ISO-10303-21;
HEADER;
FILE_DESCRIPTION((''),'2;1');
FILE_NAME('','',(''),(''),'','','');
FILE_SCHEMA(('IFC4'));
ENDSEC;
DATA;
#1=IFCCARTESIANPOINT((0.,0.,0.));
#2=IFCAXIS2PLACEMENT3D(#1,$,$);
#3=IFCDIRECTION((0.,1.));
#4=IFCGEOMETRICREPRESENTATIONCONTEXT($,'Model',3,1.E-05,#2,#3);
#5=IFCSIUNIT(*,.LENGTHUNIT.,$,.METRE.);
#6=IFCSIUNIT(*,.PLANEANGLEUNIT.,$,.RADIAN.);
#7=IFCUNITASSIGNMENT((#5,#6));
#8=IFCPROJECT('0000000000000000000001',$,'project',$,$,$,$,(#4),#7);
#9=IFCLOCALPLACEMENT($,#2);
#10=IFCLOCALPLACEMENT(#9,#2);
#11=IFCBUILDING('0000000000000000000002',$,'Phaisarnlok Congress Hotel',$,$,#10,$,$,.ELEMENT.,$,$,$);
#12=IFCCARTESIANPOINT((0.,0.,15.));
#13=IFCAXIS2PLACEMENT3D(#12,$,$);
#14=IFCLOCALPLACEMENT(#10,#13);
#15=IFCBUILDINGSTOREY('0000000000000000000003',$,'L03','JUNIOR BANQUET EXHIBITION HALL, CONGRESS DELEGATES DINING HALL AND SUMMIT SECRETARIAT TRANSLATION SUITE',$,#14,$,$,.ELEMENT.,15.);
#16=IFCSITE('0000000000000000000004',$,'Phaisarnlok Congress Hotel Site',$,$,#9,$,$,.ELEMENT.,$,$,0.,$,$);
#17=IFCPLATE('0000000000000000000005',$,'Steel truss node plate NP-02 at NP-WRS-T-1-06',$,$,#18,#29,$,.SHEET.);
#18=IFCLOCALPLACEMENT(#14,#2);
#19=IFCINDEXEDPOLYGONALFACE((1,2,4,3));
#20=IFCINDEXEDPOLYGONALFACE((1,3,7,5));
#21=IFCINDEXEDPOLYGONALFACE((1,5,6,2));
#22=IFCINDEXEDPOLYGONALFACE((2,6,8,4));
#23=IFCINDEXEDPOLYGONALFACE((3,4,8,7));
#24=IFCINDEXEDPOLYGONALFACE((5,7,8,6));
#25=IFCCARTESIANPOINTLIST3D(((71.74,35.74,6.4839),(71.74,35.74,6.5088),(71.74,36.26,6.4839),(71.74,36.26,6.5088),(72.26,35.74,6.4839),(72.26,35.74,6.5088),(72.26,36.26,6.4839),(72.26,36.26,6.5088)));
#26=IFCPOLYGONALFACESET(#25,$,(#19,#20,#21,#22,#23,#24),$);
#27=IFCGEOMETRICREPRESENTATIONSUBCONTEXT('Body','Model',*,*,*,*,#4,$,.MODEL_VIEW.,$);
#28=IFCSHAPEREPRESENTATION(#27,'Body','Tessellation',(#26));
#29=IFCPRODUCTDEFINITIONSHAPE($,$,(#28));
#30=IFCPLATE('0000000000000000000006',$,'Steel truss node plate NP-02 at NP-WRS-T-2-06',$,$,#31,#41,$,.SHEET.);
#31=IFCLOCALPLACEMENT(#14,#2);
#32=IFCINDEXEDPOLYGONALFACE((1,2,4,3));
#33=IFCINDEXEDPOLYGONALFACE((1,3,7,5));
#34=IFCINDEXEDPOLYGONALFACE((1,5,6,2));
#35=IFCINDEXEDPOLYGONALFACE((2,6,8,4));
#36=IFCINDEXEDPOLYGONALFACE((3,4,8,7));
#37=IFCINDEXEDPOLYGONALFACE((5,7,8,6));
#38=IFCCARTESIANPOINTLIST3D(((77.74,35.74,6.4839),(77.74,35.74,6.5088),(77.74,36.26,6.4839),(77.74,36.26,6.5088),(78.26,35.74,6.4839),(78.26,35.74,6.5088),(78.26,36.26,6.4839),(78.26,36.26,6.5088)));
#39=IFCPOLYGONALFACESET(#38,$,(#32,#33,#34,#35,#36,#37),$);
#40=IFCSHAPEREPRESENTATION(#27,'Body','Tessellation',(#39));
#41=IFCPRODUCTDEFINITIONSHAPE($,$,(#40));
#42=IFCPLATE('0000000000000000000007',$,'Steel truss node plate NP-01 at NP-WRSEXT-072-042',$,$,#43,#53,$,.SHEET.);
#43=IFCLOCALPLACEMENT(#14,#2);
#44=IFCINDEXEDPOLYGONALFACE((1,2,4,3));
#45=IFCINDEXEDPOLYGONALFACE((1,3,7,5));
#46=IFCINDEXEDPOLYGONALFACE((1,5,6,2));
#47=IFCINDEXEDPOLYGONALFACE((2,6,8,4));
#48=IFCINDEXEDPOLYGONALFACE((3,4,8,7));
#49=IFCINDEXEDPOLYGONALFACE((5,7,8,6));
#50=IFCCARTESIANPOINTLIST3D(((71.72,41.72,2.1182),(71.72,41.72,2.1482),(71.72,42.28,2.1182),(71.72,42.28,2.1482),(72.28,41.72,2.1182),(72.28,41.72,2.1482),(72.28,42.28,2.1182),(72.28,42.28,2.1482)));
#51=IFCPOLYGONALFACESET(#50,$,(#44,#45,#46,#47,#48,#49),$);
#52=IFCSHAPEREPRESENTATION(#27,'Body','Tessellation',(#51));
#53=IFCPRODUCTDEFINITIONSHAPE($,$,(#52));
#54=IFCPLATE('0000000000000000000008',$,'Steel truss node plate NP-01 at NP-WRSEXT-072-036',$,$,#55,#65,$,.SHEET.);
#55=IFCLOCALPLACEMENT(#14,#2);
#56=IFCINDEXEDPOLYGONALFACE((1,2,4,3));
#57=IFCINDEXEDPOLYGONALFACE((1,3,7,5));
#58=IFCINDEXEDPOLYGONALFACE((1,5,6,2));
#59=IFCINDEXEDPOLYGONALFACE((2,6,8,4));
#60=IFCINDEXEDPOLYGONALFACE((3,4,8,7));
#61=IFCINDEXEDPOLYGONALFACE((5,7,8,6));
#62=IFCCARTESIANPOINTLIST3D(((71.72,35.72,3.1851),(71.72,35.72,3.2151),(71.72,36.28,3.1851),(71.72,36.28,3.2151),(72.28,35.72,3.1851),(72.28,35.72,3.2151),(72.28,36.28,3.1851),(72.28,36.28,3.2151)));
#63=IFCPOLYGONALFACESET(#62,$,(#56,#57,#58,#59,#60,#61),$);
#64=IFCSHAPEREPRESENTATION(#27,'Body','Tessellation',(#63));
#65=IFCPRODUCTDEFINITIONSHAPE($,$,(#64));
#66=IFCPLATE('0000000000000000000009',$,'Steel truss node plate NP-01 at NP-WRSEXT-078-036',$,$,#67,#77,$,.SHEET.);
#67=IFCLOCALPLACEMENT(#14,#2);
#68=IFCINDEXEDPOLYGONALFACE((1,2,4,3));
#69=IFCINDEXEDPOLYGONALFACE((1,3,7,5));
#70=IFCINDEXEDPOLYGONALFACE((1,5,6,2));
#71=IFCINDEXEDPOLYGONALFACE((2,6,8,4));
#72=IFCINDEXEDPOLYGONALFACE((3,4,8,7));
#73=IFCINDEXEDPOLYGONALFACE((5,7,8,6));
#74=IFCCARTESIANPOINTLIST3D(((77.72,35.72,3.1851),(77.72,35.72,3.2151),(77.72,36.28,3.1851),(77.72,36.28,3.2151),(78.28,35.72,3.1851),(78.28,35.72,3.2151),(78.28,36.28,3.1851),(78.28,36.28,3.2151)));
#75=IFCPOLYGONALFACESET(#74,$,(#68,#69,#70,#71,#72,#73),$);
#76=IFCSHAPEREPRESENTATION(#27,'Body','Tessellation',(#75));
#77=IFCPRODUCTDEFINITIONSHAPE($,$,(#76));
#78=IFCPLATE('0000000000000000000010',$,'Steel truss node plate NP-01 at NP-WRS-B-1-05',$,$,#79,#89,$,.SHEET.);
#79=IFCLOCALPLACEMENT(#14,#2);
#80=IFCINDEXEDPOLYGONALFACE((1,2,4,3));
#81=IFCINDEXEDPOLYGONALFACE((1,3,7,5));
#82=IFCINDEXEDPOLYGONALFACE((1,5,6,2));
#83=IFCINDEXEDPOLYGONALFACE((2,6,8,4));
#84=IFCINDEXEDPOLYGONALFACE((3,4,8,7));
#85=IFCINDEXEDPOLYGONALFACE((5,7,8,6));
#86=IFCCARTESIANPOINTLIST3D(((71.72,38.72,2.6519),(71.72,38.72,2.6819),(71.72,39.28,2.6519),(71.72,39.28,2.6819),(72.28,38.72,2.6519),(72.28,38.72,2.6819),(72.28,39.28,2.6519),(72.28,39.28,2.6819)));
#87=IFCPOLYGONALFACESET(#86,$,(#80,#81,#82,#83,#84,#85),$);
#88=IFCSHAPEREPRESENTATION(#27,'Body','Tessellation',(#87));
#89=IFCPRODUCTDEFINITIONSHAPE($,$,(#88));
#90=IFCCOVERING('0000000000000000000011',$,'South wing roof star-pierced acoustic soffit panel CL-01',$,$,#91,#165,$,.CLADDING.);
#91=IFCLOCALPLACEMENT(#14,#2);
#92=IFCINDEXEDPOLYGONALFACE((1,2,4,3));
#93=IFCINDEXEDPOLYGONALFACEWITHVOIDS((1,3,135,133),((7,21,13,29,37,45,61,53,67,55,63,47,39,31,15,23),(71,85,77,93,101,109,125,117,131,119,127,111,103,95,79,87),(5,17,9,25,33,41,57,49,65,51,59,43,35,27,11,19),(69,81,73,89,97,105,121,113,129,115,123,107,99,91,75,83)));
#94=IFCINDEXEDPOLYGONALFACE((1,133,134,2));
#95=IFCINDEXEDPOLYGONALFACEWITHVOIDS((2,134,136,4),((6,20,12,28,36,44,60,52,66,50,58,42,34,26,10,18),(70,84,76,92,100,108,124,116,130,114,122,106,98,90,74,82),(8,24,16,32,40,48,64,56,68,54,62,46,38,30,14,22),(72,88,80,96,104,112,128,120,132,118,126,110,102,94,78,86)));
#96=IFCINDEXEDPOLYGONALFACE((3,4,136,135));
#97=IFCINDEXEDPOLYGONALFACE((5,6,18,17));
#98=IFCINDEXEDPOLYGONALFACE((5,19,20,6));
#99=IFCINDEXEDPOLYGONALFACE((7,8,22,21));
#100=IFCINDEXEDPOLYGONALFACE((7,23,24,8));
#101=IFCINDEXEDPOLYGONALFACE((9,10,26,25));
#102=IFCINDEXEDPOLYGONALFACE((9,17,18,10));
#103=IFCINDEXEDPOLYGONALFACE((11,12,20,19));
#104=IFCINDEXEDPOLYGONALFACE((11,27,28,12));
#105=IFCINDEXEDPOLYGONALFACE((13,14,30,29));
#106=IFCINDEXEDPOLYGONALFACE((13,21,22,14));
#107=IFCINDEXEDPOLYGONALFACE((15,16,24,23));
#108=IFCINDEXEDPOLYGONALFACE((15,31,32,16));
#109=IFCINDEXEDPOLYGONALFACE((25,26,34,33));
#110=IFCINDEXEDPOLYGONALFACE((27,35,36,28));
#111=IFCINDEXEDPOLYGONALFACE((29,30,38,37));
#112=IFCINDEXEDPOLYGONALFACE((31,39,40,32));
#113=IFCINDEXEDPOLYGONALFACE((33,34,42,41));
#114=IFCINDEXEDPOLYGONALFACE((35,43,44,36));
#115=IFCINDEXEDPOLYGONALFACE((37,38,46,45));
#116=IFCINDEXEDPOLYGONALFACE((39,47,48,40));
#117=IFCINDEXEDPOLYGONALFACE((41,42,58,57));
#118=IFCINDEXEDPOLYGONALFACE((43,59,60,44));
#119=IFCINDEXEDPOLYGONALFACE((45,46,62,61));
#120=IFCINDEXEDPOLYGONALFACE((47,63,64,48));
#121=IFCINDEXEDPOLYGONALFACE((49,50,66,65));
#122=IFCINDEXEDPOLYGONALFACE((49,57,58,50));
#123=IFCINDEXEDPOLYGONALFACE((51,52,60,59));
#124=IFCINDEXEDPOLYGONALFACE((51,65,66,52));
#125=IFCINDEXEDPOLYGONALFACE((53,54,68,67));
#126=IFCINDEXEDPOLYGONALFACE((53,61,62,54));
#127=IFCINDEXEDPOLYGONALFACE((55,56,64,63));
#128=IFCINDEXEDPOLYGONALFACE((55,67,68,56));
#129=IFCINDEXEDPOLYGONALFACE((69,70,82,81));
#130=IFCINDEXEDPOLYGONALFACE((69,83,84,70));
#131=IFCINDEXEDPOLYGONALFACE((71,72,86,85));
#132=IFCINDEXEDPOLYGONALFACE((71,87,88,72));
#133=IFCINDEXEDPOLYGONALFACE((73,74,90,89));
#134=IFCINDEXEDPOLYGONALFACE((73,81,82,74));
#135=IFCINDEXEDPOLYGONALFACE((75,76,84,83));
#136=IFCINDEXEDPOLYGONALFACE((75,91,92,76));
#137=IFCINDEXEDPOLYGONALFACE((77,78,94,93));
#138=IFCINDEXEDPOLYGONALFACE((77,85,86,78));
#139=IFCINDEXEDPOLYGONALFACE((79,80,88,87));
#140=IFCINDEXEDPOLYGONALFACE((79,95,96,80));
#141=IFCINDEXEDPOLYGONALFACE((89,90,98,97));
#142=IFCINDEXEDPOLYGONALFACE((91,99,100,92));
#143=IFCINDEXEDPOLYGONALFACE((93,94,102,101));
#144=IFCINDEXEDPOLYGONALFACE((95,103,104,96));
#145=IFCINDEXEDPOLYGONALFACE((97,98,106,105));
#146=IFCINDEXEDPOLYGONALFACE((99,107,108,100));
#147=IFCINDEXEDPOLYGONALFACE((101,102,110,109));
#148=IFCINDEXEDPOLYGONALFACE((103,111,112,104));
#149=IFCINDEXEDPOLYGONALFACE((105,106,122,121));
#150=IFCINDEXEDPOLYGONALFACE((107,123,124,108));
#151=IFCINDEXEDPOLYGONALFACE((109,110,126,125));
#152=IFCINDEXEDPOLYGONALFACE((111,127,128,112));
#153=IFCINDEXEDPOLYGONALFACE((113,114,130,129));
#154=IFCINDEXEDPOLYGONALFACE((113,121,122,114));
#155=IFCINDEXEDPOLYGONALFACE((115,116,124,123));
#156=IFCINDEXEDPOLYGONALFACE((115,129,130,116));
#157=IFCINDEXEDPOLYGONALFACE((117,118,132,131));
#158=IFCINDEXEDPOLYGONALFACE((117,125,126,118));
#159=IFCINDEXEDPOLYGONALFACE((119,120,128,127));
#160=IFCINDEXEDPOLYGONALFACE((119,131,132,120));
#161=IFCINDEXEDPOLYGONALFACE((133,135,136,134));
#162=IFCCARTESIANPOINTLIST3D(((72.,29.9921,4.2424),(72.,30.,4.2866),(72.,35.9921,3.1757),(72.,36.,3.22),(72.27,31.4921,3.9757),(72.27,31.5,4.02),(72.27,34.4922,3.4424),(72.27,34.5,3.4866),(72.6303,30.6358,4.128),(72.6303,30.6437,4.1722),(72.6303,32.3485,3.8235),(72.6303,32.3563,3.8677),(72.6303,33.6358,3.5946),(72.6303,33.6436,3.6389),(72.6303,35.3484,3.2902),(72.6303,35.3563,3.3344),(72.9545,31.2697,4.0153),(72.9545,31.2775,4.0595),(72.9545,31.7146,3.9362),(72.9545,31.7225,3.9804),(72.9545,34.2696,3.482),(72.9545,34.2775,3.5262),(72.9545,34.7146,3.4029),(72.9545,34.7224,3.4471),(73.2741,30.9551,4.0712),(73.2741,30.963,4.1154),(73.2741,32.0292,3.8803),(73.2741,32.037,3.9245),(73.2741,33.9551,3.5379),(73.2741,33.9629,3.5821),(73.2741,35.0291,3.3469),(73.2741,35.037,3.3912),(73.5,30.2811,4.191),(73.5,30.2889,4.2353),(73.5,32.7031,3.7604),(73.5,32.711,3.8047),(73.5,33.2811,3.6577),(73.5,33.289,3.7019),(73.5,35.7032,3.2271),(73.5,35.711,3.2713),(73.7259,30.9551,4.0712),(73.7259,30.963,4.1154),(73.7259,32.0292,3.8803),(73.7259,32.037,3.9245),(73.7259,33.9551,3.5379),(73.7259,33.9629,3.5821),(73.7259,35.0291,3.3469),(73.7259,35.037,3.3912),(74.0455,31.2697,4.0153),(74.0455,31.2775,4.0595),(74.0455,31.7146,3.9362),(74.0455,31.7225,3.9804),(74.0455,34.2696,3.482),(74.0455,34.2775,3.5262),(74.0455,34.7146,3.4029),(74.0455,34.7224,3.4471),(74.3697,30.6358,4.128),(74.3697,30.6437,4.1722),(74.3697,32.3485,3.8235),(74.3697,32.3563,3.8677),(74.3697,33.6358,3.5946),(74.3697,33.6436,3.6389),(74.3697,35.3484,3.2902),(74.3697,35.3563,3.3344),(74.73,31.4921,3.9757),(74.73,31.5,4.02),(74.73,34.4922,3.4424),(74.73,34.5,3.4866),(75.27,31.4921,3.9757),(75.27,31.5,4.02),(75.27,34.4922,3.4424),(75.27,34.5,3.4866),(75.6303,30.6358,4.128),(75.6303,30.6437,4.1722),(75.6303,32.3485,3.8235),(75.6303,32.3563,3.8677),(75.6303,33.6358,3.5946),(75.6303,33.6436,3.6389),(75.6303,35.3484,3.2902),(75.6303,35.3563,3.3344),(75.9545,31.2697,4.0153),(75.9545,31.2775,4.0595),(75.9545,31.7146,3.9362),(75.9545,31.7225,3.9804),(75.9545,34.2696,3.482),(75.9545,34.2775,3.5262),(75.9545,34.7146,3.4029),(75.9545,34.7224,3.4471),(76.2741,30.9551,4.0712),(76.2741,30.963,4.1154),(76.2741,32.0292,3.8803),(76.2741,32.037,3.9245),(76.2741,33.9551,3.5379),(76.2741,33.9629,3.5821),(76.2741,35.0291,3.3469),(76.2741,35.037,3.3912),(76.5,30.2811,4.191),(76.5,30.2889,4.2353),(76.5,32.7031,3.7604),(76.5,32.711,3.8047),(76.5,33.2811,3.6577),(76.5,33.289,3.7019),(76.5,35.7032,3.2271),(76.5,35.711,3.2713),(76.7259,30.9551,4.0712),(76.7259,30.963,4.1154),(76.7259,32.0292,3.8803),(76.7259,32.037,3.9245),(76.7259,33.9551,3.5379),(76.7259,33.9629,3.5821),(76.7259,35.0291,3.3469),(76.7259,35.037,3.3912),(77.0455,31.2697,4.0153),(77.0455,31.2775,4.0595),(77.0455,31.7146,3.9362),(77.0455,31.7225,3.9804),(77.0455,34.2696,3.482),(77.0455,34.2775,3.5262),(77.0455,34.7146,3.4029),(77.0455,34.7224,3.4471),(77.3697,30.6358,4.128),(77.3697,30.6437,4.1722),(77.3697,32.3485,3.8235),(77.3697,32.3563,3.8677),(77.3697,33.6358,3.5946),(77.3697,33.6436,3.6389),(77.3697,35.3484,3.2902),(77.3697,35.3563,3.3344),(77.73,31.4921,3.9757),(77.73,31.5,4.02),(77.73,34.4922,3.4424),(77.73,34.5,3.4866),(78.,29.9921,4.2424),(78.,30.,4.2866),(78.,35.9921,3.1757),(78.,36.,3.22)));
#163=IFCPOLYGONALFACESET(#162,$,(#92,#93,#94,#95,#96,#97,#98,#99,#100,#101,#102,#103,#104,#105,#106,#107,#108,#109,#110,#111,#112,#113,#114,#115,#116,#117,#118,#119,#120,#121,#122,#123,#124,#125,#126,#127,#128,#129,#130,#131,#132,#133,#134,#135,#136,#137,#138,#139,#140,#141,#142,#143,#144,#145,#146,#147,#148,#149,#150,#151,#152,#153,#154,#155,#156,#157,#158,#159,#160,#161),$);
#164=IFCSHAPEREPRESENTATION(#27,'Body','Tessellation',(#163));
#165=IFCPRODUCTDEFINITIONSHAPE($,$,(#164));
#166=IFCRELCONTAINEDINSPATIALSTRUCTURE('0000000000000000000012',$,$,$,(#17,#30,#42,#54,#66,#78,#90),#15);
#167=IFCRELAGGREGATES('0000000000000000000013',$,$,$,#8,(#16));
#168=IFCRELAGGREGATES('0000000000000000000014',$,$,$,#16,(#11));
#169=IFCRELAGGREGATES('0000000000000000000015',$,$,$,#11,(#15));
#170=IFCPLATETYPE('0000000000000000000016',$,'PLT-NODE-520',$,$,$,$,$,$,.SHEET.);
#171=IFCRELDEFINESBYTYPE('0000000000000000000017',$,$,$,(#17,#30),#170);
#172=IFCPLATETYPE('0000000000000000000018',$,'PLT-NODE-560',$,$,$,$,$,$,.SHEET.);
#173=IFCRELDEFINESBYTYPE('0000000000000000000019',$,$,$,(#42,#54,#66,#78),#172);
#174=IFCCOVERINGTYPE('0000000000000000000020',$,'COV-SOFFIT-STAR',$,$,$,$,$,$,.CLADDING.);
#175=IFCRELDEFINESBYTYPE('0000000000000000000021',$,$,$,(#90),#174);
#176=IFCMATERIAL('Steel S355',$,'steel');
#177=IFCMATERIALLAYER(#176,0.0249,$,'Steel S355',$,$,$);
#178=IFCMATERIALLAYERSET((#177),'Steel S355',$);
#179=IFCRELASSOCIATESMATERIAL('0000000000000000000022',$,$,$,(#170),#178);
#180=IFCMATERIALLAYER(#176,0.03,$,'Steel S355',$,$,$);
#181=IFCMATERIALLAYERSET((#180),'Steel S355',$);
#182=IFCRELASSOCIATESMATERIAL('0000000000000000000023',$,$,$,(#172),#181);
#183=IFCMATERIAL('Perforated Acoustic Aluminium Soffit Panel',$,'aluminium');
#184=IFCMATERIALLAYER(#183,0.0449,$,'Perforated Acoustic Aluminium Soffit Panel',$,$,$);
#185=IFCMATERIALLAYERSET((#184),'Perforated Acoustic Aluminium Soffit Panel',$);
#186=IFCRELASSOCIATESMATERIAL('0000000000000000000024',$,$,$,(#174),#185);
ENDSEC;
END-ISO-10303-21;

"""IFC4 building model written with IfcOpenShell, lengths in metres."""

from ifc_helpers import new_model, si_unit, direction, frame, origin, origin_2d, place, context, subcontext, project, spatial, polyline, rectangle, outline, extrude, material, layer, layer_set, type_object, element, save


model = new_model("IFC4")

# Units and contexts
model_context = context("Model", 3, precision=1e-05, world=origin(), true_north=direction((0.0, 1.0)))
body_context = subcontext(model_context, "Body", "Model", "MODEL_VIEW")
ifc_project = project(units=[si_unit("LENGTHUNIT", "METRE"), si_unit("PLANEANGLEUNIT", "RADIAN")], contexts=[model_context])

# Site, building, storey
site_placement = place(None, origin())
site = spatial("IfcSite", under=ifc_project, at=site_placement, Name="Phaisarnlok Congress Hotel Site", CompositionType="ELEMENT", RefElevation=0.0)
building_placement = place(site_placement, origin())
building = spatial("IfcBuilding", under=site, at=building_placement, Name="Phaisarnlok Congress Hotel", CompositionType="ELEMENT")
storey_placement = place(building_placement, frame((0.0, 0.0, 15.0)))
storey = spatial("IfcBuildingStorey", under=building, at=storey_placement, Name="L03", Description="JUNIOR BANQUET EXHIBITION HALL, CONGRESS DELEGATES DINING HALL AND SUMMIT SECRETARIAT TRANSLATION SUITE", CompositionType="ELEMENT", Elevation=15.0)

# Shared definitions
ifc_material_1 = material(Name="Steel S355", Category="steel")

# Plates
ifc_layer_1 = layer(ifc_material_1, 0.0249, Name="Steel S355")
ifc_layer_set_1 = layer_set([ifc_layer_1], Name="Steel S355")
plate_type_1 = type_object("IfcPlateType", Name="PLT-NODE-520", PredefinedType="SHEET", material=ifc_layer_set_1)
for number, where, z_axis, x_axis, name in (
    (1, (72.0, 36.0, 6.4839), (0.0, 0.0, 1.0), (1.0, 0.0, 0.0), "Steel truss node plate NP-02 at NP-WRS-T-1-06"),
    (2, (78.0, 36.0, 6.4839), (0.0, 0.0, 1.0), (1.0, 0.0, 0.0), "Steel truss node plate NP-02 at NP-WRS-T-2-06"),
):
    element("IfcPlate", number, at=place(storey_placement, frame(where, z_axis=z_axis, x_axis=x_axis)), inside=storey, type_object=plate_type_1, Name=name, PredefinedType="SHEET", context=body_context, shape_type="SweptSolid", body=[
        extrude(rectangle(XDim=0.52, YDim=0.52, at=origin_2d()), origin(), (0.0, 0.0, 1.0), 0.0249),
    ])
ifc_layer_2 = layer(ifc_material_1, 0.03, Name="Steel S355")
ifc_layer_set_2 = layer_set([ifc_layer_2], Name="Steel S355")
plate_type_2 = type_object("IfcPlateType", Name="PLT-NODE-560", PredefinedType="SHEET", material=ifc_layer_set_2)
for number, where, z_axis, x_axis, name in (
    (3, (72.0, 42.0, 2.1182), (0.0, 0.0, 1.0), (1.0, 0.0, 0.0), "Steel truss node plate NP-01 at NP-WRSEXT-072-042"),
    (4, (72.0, 36.0, 3.1851), (0.0, 0.0, 1.0), (1.0, 0.0, 0.0), "Steel truss node plate NP-01 at NP-WRSEXT-072-036"),
    (5, (78.0, 36.0, 3.1851), (0.0, 0.0, 1.0), (1.0, 0.0, 0.0), "Steel truss node plate NP-01 at NP-WRSEXT-078-036"),
    (6, (72.0, 39.0, 2.6519), (0.0, 0.0, 1.0), (1.0, 0.0, 0.0), "Steel truss node plate NP-01 at NP-WRS-B-1-05"),
):
    element("IfcPlate", number, at=place(storey_placement, frame(where, z_axis=z_axis, x_axis=x_axis)), inside=storey, type_object=plate_type_2, Name=name, PredefinedType="SHEET", context=body_context, shape_type="SweptSolid", body=[
        extrude(rectangle(XDim=0.5601, YDim=0.5601, at=origin_2d()), origin(), (0.0, 0.0, 1.0), 0.03),
    ])

# Covering
ifc_material_2 = material(Name="Perforated Acoustic Aluminium Soffit Panel", Category="aluminium")
ifc_layer_3 = layer(ifc_material_2, 0.0449, Name="Perforated Acoustic Aluminium Soffit Panel")
ifc_layer_set_3 = layer_set([ifc_layer_3], Name="Perforated Acoustic Aluminium Soffit Panel")
covering_type = type_object("IfcCoveringType", Name="COV-SOFFIT-STAR", PredefinedType="CLADDING", material=ifc_layer_set_3)
covering_placement = place(storey_placement, frame((72.0, 36.0, 3.22), z_axis=(0.0, -0.175031, -0.984563), x_axis=(1.0, 0.0, 0.0)))
element("IfcCovering", 7, at=covering_placement, inside=storey, type_object=covering_type, Name="South wing roof star-pierced acoustic soffit panel CL-01", PredefinedType="CLADDING", context=body_context, shape_type="SweptSolid", body=[
    extrude(outline(polyline([(0.0, 0.0), (6.0, 0.0), (6.0, 6.0941), (0.0, 6.0941), (0.0, 0.0)]), holes=[polyline([(2.0455, 1.2976), (2.3697, 0.6538), (1.7259, 0.9781), (1.5, 0.2935), (1.2741, 0.9781), (0.6303, 0.6538), (0.9545, 1.2976), (0.27, 1.5235), (0.9545, 1.7495), (0.6303, 2.3933), (1.2741, 2.069), (1.5, 2.7535), (1.7259, 2.069), (2.3697, 2.3933), (2.0455, 1.7495), (2.73, 1.5235), (2.0455, 1.2976)]), polyline([(2.0455, 4.3446), (2.3697, 3.7008), (1.7259, 4.0251), (1.5, 3.3406), (1.2741, 4.0251), (0.6303, 3.7008), (0.9545, 4.3446), (0.27, 4.5706), (0.9545, 4.7965), (0.6303, 5.4403), (1.2741, 5.116), (1.5, 5.8006), (1.7259, 5.116), (2.3697, 5.4403), (2.0455, 4.7965), (2.73, 4.5706), (2.0455, 4.3446)]), polyline([(5.0455, 1.2976), (5.3697, 0.6538), (4.7259, 0.9781), (4.5, 0.2935), (4.2741, 0.9781), (3.6303, 0.6538), (3.9545, 1.2976), (3.27, 1.5235), (3.9545, 1.7495), (3.6303, 2.3933), (4.2741, 2.069), (4.5, 2.7535), (4.7259, 2.069), (5.3697, 2.3933), (5.0455, 1.7495), (5.73, 1.5235), (5.0455, 1.2976)]), polyline([(5.0455, 4.3446), (5.3697, 3.7008), (4.7259, 4.0251), (4.5, 3.3406), (4.2741, 4.0251), (3.6303, 3.7008), (3.9545, 4.3446), (3.27, 4.5706), (3.9545, 4.7965), (3.6303, 5.4403), (4.2741, 5.116), (4.5, 5.8006), (4.7259, 5.116), (5.3697, 5.4403), (5.0455, 4.7965), (5.73, 4.5706), (5.0455, 4.3446)])]), origin(), (0.0, 0.0, 1.0), 0.0449),
])

save(model, "model.ifc")
